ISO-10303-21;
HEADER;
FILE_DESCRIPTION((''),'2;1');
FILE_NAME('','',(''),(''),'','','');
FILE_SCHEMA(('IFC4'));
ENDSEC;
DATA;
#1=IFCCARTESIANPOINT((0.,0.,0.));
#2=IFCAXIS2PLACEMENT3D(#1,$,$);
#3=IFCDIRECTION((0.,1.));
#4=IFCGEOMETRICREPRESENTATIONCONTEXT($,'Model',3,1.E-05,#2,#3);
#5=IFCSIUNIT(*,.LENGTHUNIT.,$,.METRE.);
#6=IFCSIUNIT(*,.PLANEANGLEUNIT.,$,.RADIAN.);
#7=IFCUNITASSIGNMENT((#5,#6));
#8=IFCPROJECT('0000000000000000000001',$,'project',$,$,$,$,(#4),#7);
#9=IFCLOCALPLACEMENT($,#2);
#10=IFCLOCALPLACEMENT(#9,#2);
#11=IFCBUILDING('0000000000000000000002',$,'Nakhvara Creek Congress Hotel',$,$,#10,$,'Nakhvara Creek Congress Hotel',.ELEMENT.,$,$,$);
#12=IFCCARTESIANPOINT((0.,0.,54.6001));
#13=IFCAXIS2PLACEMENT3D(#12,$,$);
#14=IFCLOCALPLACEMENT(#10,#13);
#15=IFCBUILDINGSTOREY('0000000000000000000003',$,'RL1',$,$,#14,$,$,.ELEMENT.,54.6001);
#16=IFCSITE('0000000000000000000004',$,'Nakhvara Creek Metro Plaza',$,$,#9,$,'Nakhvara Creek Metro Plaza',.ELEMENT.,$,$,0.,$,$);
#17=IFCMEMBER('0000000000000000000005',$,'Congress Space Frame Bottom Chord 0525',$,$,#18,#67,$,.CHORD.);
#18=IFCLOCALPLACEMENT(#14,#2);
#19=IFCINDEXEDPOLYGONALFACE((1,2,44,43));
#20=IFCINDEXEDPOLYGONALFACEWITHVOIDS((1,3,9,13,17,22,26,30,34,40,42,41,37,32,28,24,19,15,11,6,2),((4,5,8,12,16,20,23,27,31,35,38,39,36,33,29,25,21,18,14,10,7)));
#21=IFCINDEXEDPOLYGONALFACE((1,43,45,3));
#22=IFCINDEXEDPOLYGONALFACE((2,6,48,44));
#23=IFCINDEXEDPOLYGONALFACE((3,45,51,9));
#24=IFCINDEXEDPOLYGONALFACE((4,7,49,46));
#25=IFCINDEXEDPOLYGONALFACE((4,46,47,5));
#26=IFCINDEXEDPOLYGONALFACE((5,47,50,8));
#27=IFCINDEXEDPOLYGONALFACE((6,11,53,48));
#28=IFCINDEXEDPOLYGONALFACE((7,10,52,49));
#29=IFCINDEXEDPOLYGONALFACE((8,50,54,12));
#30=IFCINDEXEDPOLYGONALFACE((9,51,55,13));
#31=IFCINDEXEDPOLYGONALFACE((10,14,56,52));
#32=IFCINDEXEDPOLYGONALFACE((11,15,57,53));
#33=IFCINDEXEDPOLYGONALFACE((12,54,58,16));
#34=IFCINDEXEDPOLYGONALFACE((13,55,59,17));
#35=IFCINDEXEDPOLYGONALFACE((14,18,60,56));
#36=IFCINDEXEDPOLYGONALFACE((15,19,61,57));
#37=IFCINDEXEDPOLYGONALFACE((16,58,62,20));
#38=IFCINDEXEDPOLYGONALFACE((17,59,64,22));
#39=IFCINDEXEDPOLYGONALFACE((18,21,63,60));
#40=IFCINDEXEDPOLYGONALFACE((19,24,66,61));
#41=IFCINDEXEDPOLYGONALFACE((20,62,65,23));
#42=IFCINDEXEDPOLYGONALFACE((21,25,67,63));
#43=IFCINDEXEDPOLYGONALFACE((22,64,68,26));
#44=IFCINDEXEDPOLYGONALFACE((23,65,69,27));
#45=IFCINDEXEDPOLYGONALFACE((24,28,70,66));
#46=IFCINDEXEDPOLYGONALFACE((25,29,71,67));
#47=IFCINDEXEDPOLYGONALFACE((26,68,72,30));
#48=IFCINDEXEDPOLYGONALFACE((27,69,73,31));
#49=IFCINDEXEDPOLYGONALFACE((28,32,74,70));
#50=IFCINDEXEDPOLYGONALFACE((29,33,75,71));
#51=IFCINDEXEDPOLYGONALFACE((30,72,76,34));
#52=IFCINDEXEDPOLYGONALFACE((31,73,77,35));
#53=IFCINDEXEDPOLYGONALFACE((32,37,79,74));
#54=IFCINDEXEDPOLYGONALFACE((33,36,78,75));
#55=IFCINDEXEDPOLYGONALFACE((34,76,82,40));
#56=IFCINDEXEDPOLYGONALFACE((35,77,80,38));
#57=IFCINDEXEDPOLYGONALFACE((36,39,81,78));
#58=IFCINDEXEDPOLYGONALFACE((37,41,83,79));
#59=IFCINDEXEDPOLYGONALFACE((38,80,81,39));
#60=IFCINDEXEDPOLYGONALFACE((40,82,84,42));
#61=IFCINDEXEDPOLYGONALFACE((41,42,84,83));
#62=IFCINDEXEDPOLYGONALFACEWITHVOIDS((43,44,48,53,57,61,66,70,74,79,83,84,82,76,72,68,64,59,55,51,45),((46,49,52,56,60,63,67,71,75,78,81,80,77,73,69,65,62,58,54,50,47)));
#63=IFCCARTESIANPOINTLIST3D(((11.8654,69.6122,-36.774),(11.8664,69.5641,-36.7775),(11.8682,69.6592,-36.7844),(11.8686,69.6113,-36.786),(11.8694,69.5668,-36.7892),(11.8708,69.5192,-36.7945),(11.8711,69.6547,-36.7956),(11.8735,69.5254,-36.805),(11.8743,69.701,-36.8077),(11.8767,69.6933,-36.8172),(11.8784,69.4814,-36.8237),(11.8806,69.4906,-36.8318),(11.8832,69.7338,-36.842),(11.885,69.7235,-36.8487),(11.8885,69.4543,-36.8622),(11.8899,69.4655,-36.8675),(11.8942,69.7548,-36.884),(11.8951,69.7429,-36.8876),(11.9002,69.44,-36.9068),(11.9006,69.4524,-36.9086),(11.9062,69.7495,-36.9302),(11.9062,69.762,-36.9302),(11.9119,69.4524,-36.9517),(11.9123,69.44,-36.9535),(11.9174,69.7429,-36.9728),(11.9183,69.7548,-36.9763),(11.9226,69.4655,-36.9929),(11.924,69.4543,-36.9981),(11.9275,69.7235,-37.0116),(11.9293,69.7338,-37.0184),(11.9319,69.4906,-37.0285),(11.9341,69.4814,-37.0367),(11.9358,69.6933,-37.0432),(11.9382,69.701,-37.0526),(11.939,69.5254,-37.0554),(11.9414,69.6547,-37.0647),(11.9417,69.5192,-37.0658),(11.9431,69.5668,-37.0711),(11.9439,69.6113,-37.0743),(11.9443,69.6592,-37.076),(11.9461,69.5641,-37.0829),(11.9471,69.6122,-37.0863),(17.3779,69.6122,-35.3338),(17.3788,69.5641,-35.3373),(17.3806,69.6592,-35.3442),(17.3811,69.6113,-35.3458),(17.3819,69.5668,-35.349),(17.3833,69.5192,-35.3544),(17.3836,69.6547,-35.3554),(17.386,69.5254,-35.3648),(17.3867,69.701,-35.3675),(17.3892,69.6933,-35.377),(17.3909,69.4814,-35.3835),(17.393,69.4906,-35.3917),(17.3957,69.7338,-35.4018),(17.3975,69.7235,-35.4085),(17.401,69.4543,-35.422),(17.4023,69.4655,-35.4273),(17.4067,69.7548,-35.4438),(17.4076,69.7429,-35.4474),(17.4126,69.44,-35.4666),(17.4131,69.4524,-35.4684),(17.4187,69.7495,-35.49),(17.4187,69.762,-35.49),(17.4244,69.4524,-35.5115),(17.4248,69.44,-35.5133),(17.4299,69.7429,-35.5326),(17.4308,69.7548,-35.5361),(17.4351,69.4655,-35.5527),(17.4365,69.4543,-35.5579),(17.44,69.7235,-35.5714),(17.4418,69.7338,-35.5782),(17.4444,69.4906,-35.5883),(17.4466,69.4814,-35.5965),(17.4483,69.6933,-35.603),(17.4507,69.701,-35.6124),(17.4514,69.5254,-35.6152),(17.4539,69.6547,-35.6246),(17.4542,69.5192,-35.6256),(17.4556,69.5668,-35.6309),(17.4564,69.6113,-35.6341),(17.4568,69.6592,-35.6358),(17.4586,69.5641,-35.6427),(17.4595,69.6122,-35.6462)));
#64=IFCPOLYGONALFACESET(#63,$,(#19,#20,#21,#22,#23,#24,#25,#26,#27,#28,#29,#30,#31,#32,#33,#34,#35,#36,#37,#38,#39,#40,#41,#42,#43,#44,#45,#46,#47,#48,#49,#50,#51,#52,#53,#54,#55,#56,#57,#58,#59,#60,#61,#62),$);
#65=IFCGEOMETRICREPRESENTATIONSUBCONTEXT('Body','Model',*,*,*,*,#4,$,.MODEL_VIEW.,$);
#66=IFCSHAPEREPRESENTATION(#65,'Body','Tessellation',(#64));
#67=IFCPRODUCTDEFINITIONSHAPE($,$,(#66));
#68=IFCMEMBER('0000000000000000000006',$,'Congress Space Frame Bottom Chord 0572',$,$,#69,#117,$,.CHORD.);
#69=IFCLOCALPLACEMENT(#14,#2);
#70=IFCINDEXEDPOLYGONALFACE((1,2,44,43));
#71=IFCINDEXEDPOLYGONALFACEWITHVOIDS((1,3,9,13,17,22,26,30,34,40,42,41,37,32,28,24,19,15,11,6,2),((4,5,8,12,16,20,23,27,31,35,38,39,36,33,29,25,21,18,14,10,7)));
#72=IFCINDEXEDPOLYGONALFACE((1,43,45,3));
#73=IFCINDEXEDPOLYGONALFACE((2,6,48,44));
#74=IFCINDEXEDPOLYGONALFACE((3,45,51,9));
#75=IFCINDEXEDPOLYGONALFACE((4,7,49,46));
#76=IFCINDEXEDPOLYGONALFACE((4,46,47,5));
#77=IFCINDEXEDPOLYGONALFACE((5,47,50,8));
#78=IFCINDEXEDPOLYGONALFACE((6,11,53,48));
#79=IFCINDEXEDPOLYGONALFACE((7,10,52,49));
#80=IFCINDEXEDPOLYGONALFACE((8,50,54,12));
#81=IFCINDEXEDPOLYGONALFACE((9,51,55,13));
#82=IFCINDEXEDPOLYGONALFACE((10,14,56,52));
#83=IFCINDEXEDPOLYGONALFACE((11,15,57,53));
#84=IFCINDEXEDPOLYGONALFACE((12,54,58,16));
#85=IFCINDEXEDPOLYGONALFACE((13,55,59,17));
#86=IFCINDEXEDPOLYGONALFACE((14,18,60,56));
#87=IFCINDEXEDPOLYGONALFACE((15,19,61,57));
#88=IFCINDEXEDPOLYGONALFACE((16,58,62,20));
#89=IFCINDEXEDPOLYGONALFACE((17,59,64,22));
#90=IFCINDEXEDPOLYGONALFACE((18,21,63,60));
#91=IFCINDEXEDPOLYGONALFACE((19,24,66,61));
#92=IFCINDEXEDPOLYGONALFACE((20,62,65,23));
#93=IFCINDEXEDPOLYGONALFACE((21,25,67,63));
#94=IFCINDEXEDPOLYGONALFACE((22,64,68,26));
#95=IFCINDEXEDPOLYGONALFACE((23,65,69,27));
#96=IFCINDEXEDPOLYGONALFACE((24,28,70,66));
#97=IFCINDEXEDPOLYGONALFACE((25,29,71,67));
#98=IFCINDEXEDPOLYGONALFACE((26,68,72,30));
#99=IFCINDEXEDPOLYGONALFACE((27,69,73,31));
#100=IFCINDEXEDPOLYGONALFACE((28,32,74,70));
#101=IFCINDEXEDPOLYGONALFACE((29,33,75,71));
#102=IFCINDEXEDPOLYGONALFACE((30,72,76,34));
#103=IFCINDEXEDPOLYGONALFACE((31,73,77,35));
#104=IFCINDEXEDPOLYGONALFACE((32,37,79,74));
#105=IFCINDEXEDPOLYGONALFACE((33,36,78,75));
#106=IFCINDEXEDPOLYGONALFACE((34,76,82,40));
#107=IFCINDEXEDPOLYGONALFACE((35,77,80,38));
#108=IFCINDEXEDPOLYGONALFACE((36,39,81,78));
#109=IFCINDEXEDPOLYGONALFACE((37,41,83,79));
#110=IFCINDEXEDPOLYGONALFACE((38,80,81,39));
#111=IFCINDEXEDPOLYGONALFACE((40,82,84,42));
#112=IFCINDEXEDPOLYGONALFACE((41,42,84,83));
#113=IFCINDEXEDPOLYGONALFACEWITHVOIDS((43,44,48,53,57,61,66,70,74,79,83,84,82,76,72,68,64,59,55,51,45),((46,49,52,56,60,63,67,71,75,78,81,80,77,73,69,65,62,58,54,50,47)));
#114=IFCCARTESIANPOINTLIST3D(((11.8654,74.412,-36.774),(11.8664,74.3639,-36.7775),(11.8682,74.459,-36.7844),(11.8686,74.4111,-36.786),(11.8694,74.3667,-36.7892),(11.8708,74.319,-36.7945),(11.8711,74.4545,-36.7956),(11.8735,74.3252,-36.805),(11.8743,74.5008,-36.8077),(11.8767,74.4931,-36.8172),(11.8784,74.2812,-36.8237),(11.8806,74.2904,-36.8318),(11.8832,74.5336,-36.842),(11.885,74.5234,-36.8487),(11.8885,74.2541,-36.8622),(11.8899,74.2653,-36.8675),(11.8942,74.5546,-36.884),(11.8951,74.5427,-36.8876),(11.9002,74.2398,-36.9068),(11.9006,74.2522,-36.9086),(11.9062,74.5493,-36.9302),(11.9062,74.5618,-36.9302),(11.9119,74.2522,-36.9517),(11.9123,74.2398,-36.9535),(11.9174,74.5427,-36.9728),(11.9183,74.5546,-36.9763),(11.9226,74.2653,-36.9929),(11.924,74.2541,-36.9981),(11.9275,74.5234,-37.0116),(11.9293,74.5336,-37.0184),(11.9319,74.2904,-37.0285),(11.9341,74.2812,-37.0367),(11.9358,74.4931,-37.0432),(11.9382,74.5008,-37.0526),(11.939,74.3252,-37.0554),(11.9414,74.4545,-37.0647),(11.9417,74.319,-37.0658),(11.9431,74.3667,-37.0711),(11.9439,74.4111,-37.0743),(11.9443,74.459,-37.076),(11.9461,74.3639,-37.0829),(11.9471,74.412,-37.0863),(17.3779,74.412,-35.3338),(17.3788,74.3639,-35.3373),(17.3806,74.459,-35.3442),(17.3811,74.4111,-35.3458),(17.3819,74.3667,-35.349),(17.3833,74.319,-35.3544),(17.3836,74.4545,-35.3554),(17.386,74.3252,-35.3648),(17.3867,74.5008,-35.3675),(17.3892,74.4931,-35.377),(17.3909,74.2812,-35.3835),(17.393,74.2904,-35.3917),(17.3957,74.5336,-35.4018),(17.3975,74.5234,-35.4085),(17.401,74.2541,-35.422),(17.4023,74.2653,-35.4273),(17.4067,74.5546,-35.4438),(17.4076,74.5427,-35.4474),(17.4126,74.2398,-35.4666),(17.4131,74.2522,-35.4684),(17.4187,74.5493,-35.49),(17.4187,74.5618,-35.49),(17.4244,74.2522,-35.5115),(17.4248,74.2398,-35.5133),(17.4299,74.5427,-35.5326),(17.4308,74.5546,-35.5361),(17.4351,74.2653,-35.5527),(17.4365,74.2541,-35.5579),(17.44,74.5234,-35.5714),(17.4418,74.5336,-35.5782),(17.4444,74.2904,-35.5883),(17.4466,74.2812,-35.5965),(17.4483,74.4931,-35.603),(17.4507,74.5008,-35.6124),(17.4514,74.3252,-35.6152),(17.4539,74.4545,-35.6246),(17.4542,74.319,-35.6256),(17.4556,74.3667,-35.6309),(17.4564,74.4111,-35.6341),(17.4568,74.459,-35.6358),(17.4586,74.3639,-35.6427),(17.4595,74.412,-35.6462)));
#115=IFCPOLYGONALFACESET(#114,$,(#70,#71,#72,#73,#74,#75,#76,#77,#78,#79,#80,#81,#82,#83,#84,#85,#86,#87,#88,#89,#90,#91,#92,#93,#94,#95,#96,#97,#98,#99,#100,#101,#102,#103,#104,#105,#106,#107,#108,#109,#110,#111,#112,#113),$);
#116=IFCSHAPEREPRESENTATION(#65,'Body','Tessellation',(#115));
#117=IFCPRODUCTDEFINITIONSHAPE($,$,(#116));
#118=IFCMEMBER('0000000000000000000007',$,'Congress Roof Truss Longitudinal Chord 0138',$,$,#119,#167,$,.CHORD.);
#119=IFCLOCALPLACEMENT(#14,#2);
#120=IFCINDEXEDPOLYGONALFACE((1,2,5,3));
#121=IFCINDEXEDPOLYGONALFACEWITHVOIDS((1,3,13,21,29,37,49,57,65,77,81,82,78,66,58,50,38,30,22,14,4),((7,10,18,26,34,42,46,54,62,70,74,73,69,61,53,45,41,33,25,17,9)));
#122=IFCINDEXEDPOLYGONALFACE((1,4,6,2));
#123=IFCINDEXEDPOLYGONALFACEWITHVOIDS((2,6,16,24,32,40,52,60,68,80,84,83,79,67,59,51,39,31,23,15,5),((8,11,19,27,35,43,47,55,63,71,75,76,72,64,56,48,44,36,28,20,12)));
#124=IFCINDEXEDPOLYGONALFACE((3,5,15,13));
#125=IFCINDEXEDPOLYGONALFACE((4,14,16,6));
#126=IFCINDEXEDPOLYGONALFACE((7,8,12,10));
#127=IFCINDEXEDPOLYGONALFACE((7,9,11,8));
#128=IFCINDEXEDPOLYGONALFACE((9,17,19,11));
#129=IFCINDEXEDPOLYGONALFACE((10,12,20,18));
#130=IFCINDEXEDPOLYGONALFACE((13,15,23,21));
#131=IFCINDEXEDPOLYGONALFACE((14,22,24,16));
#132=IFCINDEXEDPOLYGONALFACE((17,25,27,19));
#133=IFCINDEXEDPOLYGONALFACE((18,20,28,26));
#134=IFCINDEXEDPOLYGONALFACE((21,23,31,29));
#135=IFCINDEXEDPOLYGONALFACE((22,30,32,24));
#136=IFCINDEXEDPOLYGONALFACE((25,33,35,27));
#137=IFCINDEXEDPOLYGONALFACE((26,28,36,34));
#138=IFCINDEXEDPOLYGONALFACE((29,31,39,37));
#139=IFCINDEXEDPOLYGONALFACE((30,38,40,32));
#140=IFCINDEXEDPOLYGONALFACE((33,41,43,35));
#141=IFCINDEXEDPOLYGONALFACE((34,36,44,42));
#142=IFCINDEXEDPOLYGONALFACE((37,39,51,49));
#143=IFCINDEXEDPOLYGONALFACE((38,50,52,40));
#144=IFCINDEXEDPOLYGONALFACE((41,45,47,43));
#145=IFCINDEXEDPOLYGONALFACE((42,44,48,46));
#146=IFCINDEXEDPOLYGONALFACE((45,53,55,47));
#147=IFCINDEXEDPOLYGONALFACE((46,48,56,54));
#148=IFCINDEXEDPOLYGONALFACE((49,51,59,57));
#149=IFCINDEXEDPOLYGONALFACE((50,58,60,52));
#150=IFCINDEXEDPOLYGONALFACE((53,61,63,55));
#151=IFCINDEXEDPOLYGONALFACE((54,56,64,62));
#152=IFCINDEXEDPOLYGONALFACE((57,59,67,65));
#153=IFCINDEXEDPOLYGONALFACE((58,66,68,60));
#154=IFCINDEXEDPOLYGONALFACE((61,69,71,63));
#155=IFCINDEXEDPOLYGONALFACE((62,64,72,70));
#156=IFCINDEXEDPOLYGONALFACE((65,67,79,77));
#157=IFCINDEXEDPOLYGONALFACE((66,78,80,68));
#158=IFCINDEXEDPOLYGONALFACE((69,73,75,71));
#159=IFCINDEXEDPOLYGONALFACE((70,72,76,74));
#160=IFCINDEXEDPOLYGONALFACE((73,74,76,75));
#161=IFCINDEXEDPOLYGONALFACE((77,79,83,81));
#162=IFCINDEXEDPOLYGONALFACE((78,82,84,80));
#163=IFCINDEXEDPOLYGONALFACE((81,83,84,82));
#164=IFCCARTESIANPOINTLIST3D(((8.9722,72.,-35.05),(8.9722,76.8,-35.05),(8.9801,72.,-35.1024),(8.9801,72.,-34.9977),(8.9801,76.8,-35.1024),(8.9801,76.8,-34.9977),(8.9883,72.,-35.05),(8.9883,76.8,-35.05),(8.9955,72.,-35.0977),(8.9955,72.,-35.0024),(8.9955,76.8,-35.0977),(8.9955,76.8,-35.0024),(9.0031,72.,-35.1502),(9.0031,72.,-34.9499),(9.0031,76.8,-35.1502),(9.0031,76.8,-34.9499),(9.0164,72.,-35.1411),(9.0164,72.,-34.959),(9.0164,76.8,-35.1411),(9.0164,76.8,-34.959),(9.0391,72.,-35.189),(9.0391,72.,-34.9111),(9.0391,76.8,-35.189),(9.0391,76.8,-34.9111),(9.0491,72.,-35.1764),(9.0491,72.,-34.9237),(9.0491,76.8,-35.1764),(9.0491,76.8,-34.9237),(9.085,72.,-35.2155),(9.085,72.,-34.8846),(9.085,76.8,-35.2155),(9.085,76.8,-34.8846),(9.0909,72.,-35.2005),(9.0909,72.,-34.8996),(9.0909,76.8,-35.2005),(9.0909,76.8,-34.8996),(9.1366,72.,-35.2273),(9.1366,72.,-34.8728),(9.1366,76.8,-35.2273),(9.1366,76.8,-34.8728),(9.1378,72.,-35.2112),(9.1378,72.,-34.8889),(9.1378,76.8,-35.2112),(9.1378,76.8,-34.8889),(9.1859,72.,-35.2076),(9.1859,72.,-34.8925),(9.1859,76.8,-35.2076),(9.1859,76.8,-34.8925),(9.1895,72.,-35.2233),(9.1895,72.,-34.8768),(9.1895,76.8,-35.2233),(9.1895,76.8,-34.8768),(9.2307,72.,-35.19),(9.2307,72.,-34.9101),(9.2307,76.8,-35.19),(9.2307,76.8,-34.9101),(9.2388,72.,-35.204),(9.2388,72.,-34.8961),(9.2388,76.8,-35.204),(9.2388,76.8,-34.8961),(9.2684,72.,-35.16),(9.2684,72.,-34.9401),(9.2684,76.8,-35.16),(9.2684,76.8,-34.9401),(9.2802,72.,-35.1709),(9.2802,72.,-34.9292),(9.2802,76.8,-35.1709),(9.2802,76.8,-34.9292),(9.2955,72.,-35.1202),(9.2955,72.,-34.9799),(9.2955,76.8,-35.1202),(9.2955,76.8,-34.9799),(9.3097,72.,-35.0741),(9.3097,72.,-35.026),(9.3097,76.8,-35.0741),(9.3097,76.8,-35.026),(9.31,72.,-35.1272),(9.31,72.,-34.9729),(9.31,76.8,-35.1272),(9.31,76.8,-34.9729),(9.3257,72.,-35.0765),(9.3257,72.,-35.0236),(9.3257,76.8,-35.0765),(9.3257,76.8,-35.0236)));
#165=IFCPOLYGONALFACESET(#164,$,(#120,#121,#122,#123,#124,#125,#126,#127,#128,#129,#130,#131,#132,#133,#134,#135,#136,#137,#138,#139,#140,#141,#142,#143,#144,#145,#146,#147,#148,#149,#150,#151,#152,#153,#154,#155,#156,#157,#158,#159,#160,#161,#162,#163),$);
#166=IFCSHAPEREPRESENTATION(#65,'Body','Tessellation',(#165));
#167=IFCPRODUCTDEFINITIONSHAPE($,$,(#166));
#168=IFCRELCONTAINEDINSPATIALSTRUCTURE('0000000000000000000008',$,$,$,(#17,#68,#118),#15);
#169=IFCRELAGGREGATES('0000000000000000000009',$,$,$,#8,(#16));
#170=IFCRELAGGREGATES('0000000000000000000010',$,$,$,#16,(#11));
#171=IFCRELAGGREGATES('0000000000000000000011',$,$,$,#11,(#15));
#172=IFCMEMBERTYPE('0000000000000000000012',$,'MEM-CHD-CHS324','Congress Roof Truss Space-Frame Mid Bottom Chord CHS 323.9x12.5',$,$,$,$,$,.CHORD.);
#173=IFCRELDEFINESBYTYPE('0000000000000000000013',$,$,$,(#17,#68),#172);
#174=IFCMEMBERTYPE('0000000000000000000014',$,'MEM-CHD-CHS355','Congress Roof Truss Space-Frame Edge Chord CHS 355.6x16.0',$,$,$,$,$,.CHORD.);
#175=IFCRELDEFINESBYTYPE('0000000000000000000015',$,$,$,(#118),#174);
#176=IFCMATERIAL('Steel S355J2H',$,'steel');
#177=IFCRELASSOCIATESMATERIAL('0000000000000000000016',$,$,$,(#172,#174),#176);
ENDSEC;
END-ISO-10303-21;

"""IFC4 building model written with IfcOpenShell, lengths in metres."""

from ifc_helpers import new_model, si_unit, direction, frame, origin, origin_2d, place, context, subcontext, project, spatial, hollow_circle, extrude, material, material_profile, profile_set, type_object, element, save


model = new_model("IFC4")

# Units and contexts
model_context = context("Model", 3, precision=1e-05, world=origin(), true_north=direction((0.0, 1.0)))
body_context = subcontext(model_context, "Body", "Model", "MODEL_VIEW")
ifc_project = project(units=[si_unit("LENGTHUNIT", "METRE"), si_unit("PLANEANGLEUNIT", "RADIAN")], contexts=[model_context])

# Site, building, storey
site_placement = place(None, origin())
site = spatial("IfcSite", under=ifc_project, at=site_placement, Name="Nakhvara Creek Metro Plaza", LongName="Nakhvara Creek Metro Plaza", CompositionType="ELEMENT", RefElevation=0.0)
building_placement = place(site_placement, origin())
building = spatial("IfcBuilding", under=site, at=building_placement, Name="Nakhvara Creek Congress Hotel", LongName="Nakhvara Creek Congress Hotel", CompositionType="ELEMENT")
storey_placement = place(building_placement, frame((0.0, 0.0, 54.6001)))
storey = spatial("IfcBuildingStorey", under=building, at=storey_placement, Name="RL1", CompositionType="ELEMENT", Elevation=54.6001)

# Members
ifc_material_1 = material(Name="Steel S355J2H", Category="steel")
ifc_material_profile_1 = material_profile(ifc_material_1, hollow_circle(Radius=0.1619, WallThickness=0.0125, at=origin_2d()), Name="CHS 323.9x12.5", Category="LoadBearing")
ifc_profile_set_1 = profile_set([ifc_material_profile_1], Name="Steel S355J2H")
member_type_1 = type_object("IfcMemberType", Name="MEM-CHD-CHS324", Description="Congress Roof Truss Space-Frame Mid Bottom Chord CHS 323.9x12.5", PredefinedType="CHORD", material=ifc_profile_set_1)
for number, where, z_axis, x_axis, name in (
    (1, (11.9062, 69.6001, -36.9302), (0.967525, 0.0, 0.252776), (0.0, 1.0, 0.0), "Congress Space Frame Bottom Chord 0525"),
    (2, (11.9062, 74.3999, -36.9302), (0.967525, 0.0, 0.252776), (0.0, 1.0, 0.0), "Congress Space Frame Bottom Chord 0572"),
):
    element("IfcMember", number, at=place(storey_placement, frame(where, z_axis=z_axis, x_axis=x_axis)), inside=storey, type_object=member_type_1, Name=name, PredefinedType="CHORD", context=body_context, shape_type="SweptSolid", body=[
        extrude(hollow_circle(Radius=0.1619, WallThickness=0.0125, at=origin_2d()), origin(), (0.0, 0.0, 1.0), 5.6975),
    ])
ifc_material_profile_2 = material_profile(ifc_material_1, hollow_circle(Radius=0.1777, WallThickness=0.0161, at=origin_2d()), Name="CHS 355.6x16.0", Category="LoadBearing")
ifc_profile_set_2 = profile_set([ifc_material_profile_2], Name="Steel S355J2H")
member_type_2 = type_object("IfcMemberType", Name="MEM-CHD-CHS355", Description="Congress Roof Truss Space-Frame Edge Chord CHS 355.6x16.0", PredefinedType="CHORD", material=ifc_profile_set_2)
for number, where, z_axis, x_axis, name in (
    (3, (9.1499, 72.0, -35.05), (0.0, 1.0, 0.0), (-1.0, 0.0, 0.0), "Congress Roof Truss Longitudinal Chord 0138"),
):
    element("IfcMember", number, at=place(storey_placement, frame(where, z_axis=z_axis, x_axis=x_axis)), inside=storey, type_object=member_type_2, Name=name, PredefinedType="CHORD", context=body_context, shape_type="SweptSolid", body=[
        extrude(hollow_circle(Radius=0.1777, WallThickness=0.0161, at=origin_2d()), origin(), (0.0, 0.0, 1.0), 4.8),
    ])

save(model, "model.ifc")
